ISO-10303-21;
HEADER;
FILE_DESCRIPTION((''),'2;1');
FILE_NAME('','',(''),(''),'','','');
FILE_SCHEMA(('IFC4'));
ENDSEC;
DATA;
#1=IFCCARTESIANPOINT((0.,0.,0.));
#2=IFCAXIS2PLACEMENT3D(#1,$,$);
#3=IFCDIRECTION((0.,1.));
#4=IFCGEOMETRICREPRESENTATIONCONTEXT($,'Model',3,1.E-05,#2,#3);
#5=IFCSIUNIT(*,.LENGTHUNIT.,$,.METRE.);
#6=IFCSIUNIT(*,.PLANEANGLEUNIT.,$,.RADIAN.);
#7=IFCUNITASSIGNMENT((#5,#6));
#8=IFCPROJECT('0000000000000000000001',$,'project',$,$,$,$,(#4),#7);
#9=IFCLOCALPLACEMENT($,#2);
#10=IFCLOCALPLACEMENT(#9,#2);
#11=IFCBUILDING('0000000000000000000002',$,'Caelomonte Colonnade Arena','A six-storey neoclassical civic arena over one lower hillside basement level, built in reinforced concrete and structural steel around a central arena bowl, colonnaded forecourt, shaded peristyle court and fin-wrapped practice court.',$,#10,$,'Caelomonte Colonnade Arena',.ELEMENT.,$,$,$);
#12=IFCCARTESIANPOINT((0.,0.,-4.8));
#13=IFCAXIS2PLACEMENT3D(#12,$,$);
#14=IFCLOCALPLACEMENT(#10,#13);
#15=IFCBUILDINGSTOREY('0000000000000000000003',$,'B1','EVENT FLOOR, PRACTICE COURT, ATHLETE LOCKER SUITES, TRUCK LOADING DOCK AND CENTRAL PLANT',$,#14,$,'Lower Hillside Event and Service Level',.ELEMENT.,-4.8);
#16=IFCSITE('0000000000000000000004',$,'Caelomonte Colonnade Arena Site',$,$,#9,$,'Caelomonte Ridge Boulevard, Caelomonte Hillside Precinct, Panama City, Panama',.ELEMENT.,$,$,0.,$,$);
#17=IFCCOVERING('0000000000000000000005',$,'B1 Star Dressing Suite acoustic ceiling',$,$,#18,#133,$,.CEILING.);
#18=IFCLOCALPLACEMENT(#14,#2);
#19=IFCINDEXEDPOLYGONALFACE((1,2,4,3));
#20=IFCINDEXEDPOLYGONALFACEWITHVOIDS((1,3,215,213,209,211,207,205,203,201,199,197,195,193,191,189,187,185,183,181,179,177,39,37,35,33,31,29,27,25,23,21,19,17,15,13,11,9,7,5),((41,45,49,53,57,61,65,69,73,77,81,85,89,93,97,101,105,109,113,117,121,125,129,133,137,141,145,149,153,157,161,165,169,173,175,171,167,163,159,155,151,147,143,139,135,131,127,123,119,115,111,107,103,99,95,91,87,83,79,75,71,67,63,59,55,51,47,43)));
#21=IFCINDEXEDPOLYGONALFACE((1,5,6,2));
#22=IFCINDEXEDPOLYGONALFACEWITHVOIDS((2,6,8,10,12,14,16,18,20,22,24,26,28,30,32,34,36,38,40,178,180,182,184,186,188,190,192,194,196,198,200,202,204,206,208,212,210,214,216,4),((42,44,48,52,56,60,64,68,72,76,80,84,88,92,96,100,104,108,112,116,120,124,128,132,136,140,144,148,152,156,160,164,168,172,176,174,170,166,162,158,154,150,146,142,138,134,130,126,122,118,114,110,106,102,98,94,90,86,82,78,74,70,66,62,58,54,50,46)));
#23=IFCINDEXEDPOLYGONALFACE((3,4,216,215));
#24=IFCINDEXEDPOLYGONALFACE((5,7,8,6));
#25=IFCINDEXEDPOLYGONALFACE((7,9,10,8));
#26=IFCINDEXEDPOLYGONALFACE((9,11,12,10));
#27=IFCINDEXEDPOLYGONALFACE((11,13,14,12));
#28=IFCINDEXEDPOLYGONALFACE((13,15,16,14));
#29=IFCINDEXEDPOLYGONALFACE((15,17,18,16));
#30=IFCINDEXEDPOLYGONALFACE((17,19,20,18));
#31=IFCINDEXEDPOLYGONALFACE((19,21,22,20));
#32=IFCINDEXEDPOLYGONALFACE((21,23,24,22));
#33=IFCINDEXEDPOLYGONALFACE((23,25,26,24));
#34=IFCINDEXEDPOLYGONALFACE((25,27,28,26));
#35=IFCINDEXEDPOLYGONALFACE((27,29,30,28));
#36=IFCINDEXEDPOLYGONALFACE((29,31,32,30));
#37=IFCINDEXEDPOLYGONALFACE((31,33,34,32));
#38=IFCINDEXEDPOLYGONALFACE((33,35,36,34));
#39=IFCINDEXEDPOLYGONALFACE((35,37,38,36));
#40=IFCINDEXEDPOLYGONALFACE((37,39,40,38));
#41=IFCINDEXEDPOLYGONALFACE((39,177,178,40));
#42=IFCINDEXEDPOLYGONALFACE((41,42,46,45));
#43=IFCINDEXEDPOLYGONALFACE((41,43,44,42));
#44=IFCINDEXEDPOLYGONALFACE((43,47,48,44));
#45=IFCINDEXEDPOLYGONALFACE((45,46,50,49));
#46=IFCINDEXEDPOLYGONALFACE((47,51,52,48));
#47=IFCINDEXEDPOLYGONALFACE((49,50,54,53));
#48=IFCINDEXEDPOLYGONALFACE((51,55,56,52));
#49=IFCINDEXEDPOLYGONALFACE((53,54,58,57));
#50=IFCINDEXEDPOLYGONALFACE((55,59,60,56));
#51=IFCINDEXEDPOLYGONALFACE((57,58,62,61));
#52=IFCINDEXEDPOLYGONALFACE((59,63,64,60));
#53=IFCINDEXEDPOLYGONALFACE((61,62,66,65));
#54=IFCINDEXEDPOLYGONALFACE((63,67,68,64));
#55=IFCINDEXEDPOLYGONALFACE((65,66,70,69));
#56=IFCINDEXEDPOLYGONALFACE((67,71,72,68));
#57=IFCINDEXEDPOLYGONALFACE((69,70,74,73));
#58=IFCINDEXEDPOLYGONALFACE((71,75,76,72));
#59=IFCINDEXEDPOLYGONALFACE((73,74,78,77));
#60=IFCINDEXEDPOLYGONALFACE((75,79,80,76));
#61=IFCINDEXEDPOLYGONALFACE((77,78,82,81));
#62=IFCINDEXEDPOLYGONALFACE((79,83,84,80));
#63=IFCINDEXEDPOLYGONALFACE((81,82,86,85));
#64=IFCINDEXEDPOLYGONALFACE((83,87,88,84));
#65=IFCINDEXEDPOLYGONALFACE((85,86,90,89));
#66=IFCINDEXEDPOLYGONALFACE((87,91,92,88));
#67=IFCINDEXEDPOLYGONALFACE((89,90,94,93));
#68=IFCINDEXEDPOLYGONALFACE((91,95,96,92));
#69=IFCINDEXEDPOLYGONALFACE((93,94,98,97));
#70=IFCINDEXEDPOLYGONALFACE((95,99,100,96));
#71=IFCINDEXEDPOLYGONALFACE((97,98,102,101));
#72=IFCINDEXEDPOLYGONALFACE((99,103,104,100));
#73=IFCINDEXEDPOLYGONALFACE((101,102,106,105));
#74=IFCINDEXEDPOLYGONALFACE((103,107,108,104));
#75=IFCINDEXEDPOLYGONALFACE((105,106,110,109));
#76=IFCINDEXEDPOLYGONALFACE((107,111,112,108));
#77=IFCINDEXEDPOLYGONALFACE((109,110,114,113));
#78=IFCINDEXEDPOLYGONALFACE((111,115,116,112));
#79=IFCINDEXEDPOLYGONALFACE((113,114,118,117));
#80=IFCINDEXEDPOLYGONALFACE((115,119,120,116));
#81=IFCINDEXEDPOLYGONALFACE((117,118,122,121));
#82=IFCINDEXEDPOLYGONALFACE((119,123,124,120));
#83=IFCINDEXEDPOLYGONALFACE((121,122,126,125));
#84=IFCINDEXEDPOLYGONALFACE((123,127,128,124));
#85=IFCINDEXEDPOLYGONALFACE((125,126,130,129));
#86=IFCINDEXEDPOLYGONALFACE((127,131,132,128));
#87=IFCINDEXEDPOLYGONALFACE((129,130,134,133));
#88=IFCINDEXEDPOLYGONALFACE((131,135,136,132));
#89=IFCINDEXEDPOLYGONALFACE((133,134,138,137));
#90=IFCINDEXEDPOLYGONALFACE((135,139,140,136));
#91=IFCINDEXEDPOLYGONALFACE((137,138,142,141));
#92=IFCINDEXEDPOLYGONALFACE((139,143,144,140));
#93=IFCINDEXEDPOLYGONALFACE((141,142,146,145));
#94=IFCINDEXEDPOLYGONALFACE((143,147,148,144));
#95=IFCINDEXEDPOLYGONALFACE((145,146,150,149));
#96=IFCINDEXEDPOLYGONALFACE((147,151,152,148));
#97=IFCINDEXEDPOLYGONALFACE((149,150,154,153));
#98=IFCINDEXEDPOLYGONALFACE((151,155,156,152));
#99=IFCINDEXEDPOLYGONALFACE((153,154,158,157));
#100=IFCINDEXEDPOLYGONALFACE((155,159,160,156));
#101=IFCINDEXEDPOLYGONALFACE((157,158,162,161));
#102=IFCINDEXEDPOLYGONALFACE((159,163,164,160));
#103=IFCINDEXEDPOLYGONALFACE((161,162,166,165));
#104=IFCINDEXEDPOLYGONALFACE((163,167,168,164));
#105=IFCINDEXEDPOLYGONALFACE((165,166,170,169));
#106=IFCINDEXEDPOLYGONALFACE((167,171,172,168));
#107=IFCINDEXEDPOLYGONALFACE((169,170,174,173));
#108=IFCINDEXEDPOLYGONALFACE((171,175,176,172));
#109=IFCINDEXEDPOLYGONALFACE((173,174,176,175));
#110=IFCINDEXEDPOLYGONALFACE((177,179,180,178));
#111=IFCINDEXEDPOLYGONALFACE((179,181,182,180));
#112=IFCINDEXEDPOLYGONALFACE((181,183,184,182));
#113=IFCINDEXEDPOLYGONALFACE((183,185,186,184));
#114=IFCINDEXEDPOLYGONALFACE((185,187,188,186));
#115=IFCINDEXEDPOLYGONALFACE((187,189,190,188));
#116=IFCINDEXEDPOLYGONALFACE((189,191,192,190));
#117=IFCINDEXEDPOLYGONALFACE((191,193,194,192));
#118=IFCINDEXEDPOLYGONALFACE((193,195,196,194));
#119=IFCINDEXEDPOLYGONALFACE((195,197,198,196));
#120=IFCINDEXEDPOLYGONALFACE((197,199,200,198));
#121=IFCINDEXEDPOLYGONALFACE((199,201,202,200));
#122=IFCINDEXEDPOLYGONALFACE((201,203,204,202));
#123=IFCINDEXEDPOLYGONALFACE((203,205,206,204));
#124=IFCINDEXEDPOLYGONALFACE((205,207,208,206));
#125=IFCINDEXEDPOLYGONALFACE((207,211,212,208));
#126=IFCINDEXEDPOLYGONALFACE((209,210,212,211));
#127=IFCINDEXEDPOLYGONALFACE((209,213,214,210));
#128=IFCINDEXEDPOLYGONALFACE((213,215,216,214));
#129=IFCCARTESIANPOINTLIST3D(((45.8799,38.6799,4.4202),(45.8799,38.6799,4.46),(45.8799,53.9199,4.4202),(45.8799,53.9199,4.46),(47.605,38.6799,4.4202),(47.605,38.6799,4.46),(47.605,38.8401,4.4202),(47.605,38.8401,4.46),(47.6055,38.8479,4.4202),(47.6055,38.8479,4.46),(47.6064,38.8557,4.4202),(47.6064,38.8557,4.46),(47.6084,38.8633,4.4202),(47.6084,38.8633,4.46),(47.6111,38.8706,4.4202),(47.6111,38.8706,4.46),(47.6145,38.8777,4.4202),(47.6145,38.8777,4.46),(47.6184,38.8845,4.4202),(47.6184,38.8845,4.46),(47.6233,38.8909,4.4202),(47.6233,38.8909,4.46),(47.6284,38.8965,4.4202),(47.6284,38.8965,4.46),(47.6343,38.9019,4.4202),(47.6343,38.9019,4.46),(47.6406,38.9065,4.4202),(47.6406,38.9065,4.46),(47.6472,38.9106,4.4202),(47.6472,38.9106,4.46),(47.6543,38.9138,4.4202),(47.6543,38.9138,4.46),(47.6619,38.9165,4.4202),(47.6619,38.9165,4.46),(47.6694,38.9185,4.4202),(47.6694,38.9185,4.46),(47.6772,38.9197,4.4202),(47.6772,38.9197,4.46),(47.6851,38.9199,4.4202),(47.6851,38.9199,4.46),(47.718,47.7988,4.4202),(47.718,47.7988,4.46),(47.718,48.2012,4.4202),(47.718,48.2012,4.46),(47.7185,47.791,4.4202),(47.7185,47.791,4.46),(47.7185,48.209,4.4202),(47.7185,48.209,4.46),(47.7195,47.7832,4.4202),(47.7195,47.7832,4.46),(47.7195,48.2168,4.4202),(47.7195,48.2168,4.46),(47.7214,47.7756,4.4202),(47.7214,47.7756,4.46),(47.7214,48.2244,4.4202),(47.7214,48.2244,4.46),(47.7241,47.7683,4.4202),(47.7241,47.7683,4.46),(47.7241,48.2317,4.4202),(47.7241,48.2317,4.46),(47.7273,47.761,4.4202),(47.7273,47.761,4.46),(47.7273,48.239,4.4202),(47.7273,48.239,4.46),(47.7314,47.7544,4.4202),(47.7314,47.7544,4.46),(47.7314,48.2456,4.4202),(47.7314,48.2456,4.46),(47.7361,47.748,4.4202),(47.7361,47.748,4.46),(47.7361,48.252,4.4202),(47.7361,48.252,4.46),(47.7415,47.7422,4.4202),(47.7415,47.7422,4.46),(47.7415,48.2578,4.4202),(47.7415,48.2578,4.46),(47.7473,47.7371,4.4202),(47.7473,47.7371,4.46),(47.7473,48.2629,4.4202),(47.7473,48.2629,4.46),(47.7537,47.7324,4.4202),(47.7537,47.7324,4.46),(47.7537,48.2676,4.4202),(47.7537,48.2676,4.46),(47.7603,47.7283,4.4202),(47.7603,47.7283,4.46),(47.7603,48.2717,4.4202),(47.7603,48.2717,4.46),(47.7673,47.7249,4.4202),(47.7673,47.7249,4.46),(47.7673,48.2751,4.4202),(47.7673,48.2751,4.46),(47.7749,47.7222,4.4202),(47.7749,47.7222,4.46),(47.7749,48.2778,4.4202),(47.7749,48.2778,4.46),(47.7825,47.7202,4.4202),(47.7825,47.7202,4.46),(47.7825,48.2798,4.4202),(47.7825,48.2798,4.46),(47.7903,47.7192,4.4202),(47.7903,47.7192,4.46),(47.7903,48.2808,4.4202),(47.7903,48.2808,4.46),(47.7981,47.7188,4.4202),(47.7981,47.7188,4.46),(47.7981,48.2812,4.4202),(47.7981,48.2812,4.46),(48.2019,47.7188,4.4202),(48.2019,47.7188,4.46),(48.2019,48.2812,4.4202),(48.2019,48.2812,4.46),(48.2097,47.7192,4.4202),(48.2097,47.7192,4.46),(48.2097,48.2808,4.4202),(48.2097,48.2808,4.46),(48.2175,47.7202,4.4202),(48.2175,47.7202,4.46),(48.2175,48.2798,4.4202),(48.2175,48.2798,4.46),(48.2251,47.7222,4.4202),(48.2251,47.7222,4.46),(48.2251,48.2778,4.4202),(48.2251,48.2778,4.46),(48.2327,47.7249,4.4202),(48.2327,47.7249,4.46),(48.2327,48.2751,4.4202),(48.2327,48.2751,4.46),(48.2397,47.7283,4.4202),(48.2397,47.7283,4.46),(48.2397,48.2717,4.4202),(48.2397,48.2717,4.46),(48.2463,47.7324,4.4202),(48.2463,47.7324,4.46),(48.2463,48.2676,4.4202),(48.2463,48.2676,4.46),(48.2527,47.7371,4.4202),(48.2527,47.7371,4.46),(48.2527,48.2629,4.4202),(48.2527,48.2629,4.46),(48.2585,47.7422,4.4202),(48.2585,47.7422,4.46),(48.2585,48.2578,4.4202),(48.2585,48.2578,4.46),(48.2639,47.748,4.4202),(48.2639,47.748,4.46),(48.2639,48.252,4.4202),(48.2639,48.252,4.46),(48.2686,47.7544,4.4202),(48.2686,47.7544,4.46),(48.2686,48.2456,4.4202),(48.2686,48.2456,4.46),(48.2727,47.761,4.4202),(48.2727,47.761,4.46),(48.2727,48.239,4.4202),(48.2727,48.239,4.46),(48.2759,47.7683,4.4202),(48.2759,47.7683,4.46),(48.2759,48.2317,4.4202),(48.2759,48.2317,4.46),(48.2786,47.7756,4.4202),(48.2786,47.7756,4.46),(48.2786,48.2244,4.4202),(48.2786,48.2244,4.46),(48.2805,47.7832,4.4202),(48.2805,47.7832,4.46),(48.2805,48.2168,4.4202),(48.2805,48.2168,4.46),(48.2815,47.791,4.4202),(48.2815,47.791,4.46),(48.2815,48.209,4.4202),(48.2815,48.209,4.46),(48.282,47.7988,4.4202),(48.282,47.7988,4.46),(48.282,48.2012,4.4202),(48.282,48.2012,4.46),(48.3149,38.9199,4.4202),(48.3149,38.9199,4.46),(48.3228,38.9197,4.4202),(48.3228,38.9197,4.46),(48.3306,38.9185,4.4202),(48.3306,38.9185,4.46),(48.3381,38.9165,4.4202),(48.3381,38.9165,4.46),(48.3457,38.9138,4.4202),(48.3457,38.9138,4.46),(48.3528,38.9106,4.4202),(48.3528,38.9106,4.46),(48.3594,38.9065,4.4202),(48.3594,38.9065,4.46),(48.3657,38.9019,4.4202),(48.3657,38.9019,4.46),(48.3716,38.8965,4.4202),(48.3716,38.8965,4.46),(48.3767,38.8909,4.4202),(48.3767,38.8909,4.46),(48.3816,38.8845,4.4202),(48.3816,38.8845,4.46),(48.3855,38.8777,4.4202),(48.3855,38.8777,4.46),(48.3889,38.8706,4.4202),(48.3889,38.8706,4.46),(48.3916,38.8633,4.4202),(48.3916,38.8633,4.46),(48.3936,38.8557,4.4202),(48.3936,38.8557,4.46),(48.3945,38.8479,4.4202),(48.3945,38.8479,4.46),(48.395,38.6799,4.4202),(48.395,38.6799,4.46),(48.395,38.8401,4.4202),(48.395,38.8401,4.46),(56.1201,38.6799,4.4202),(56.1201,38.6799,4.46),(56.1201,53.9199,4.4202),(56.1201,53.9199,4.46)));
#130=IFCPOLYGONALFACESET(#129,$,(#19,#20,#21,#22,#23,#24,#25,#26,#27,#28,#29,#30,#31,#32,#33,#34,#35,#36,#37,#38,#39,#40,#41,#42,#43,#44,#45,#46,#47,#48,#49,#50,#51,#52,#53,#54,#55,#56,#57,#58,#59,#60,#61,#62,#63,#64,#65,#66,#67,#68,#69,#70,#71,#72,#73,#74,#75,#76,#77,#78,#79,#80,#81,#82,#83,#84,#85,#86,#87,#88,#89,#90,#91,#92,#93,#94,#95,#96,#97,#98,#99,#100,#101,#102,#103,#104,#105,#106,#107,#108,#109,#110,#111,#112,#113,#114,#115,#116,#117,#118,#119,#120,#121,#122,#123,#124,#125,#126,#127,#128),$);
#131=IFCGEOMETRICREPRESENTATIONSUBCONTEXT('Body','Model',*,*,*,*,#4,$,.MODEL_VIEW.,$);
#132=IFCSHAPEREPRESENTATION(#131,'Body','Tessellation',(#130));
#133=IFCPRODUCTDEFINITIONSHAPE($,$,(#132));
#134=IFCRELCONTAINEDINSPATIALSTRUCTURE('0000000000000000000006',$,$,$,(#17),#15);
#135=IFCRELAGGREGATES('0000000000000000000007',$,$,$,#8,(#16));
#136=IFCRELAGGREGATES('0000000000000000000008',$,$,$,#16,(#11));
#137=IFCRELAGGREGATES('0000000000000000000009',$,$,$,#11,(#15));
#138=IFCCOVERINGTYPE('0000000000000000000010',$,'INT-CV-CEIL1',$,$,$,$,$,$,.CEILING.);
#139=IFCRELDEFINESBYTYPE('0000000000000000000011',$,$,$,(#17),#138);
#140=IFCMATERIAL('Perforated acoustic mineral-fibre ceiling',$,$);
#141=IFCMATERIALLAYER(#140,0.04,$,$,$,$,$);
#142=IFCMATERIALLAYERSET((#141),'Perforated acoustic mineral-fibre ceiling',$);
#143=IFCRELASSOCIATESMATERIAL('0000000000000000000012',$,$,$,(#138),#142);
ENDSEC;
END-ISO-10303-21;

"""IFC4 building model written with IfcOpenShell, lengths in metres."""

from ifc_helpers import new_model, si_unit, direction, frame, origin, place, context, subcontext, project, spatial, polyline, outline, extrude, material, layer, layer_set, type_object, element, save


model = new_model("IFC4")

# Units and contexts
model_context = context("Model", 3, precision=1e-05, world=origin(), true_north=direction((0.0, 1.0)))
body_context = subcontext(model_context, "Body", "Model", "MODEL_VIEW")
ifc_project = project(units=[si_unit("LENGTHUNIT", "METRE"), si_unit("PLANEANGLEUNIT", "RADIAN")], contexts=[model_context])

# Site, building, storey
site_placement = place(None, origin())
site = spatial("IfcSite", under=ifc_project, at=site_placement, Name="Caelomonte Colonnade Arena Site", LongName="Caelomonte Ridge Boulevard, Caelomonte Hillside Precinct, Panama City, Panama", CompositionType="ELEMENT", RefElevation=0.0)
building_placement = place(site_placement, origin())
building = spatial("IfcBuilding", under=site, at=building_placement, Name="Caelomonte Colonnade Arena", Description="A six-storey neoclassical civic arena over one lower hillside basement level, built in reinforced concrete and structural steel around a central arena bowl, colonnaded forecourt, shaded peristyle court and fin-wrapped practice court.", LongName="Caelomonte Colonnade Arena", CompositionType="ELEMENT")
storey_placement = place(building_placement, frame((0.0, 0.0, -4.8)))
storey = spatial("IfcBuildingStorey", under=building, at=storey_placement, Name="B1", Description="EVENT FLOOR, PRACTICE COURT, ATHLETE LOCKER SUITES, TRUCK LOADING DOCK AND CENTRAL PLANT", LongName="Lower Hillside Event and Service Level", CompositionType="ELEMENT", Elevation=-4.8)

# Covering
ifc_material_1 = material(Name="Perforated acoustic mineral-fibre ceiling")
ifc_layer_1 = layer(ifc_material_1, 0.04)
ifc_layer_set_1 = layer_set([ifc_layer_1], Name="Perforated acoustic mineral-fibre ceiling")
covering_type_1 = type_object("IfcCoveringType", Name="INT-CV-CEIL1", PredefinedType="CEILING", material=ifc_layer_set_1)
covering_1_placement = place(storey_placement, frame((0.0, 0.0, 4.4202)))
element("IfcCovering", 1, at=covering_1_placement, inside=storey, type_object=covering_type_1, Name="B1 Star Dressing Suite acoustic ceiling", PredefinedType="CEILING", context=body_context, shape_type="SweptSolid", body=[
    extrude(outline(polyline([(45.8799, 53.9199), (45.8799, 38.6799), (47.605, 38.6799), (47.605, 38.8401), (47.6055, 38.8479), (47.6064, 38.8557), (47.6084, 38.8633), (47.6111, 38.8706), (47.6145, 38.8777), (47.6184, 38.8845), (47.6233, 38.8909), (47.6284, 38.8965), (47.6343, 38.9019), (47.6406, 38.9065), (47.6472, 38.9106), (47.6543, 38.9138), (47.6619, 38.9165), (47.6694, 38.9185), (47.6772, 38.9197), (47.6851, 38.9199), (48.3149, 38.9199), (48.3228, 38.9197), (48.3306, 38.9185), (48.3381, 38.9165), (48.3457, 38.9138), (48.3528, 38.9106), (48.3594, 38.9065), (48.3657, 38.9019), (48.3716, 38.8965), (48.3767, 38.8909), (48.3816, 38.8845), (48.3855, 38.8777), (48.3889, 38.8706), (48.3916, 38.8633), (48.3936, 38.8557), (48.3945, 38.8479), (48.395, 38.8401), (48.395, 38.6799), (56.1201, 38.6799), (56.1201, 53.9199), (45.8799, 53.9199)]), holes=[polyline([(47.7185, 47.791), (47.718, 47.7988), (47.718, 48.2012), (47.7185, 48.209), (47.7195, 48.2168), (47.7214, 48.2244), (47.7241, 48.2317), (47.7273, 48.239), (47.7314, 48.2456), (47.7361, 48.252), (47.7415, 48.2578), (47.7473, 48.2629), (47.7537, 48.2676), (47.7603, 48.2717), (47.7673, 48.2751), (47.7749, 48.2778), (47.7825, 48.2798), (47.7903, 48.2808), (47.7981, 48.2812), (48.2019, 48.2812), (48.2097, 48.2808), (48.2175, 48.2798), (48.2251, 48.2778), (48.2327, 48.2751), (48.2397, 48.2717), (48.2463, 48.2676), (48.2527, 48.2629), (48.2585, 48.2578), (48.2639, 48.252), (48.2686, 48.2456), (48.2727, 48.239), (48.2759, 48.2317), (48.2786, 48.2244), (48.2805, 48.2168), (48.2815, 48.209), (48.282, 48.2012), (48.282, 47.7988), (48.2815, 47.791), (48.2805, 47.7832), (48.2786, 47.7756), (48.2759, 47.7683), (48.2727, 47.761), (48.2686, 47.7544), (48.2639, 47.748), (48.2585, 47.7422), (48.2527, 47.7371), (48.2463, 47.7324), (48.2397, 47.7283), (48.2327, 47.7249), (48.2251, 47.7222), (48.2175, 47.7202), (48.2097, 47.7192), (48.2019, 47.7188), (47.7981, 47.7188), (47.7903, 47.7192), (47.7825, 47.7202), (47.7749, 47.7222), (47.7673, 47.7249), (47.7603, 47.7283), (47.7537, 47.7324), (47.7473, 47.7371), (47.7415, 47.7422), (47.7361, 47.748), (47.7314, 47.7544), (47.7273, 47.761), (47.7241, 47.7683), (47.7214, 47.7756), (47.7195, 47.7832), (47.7185, 47.791)])]), origin(), (0.0, 0.0, 1.0), 0.0398),
])

save(model, "model.ifc")
